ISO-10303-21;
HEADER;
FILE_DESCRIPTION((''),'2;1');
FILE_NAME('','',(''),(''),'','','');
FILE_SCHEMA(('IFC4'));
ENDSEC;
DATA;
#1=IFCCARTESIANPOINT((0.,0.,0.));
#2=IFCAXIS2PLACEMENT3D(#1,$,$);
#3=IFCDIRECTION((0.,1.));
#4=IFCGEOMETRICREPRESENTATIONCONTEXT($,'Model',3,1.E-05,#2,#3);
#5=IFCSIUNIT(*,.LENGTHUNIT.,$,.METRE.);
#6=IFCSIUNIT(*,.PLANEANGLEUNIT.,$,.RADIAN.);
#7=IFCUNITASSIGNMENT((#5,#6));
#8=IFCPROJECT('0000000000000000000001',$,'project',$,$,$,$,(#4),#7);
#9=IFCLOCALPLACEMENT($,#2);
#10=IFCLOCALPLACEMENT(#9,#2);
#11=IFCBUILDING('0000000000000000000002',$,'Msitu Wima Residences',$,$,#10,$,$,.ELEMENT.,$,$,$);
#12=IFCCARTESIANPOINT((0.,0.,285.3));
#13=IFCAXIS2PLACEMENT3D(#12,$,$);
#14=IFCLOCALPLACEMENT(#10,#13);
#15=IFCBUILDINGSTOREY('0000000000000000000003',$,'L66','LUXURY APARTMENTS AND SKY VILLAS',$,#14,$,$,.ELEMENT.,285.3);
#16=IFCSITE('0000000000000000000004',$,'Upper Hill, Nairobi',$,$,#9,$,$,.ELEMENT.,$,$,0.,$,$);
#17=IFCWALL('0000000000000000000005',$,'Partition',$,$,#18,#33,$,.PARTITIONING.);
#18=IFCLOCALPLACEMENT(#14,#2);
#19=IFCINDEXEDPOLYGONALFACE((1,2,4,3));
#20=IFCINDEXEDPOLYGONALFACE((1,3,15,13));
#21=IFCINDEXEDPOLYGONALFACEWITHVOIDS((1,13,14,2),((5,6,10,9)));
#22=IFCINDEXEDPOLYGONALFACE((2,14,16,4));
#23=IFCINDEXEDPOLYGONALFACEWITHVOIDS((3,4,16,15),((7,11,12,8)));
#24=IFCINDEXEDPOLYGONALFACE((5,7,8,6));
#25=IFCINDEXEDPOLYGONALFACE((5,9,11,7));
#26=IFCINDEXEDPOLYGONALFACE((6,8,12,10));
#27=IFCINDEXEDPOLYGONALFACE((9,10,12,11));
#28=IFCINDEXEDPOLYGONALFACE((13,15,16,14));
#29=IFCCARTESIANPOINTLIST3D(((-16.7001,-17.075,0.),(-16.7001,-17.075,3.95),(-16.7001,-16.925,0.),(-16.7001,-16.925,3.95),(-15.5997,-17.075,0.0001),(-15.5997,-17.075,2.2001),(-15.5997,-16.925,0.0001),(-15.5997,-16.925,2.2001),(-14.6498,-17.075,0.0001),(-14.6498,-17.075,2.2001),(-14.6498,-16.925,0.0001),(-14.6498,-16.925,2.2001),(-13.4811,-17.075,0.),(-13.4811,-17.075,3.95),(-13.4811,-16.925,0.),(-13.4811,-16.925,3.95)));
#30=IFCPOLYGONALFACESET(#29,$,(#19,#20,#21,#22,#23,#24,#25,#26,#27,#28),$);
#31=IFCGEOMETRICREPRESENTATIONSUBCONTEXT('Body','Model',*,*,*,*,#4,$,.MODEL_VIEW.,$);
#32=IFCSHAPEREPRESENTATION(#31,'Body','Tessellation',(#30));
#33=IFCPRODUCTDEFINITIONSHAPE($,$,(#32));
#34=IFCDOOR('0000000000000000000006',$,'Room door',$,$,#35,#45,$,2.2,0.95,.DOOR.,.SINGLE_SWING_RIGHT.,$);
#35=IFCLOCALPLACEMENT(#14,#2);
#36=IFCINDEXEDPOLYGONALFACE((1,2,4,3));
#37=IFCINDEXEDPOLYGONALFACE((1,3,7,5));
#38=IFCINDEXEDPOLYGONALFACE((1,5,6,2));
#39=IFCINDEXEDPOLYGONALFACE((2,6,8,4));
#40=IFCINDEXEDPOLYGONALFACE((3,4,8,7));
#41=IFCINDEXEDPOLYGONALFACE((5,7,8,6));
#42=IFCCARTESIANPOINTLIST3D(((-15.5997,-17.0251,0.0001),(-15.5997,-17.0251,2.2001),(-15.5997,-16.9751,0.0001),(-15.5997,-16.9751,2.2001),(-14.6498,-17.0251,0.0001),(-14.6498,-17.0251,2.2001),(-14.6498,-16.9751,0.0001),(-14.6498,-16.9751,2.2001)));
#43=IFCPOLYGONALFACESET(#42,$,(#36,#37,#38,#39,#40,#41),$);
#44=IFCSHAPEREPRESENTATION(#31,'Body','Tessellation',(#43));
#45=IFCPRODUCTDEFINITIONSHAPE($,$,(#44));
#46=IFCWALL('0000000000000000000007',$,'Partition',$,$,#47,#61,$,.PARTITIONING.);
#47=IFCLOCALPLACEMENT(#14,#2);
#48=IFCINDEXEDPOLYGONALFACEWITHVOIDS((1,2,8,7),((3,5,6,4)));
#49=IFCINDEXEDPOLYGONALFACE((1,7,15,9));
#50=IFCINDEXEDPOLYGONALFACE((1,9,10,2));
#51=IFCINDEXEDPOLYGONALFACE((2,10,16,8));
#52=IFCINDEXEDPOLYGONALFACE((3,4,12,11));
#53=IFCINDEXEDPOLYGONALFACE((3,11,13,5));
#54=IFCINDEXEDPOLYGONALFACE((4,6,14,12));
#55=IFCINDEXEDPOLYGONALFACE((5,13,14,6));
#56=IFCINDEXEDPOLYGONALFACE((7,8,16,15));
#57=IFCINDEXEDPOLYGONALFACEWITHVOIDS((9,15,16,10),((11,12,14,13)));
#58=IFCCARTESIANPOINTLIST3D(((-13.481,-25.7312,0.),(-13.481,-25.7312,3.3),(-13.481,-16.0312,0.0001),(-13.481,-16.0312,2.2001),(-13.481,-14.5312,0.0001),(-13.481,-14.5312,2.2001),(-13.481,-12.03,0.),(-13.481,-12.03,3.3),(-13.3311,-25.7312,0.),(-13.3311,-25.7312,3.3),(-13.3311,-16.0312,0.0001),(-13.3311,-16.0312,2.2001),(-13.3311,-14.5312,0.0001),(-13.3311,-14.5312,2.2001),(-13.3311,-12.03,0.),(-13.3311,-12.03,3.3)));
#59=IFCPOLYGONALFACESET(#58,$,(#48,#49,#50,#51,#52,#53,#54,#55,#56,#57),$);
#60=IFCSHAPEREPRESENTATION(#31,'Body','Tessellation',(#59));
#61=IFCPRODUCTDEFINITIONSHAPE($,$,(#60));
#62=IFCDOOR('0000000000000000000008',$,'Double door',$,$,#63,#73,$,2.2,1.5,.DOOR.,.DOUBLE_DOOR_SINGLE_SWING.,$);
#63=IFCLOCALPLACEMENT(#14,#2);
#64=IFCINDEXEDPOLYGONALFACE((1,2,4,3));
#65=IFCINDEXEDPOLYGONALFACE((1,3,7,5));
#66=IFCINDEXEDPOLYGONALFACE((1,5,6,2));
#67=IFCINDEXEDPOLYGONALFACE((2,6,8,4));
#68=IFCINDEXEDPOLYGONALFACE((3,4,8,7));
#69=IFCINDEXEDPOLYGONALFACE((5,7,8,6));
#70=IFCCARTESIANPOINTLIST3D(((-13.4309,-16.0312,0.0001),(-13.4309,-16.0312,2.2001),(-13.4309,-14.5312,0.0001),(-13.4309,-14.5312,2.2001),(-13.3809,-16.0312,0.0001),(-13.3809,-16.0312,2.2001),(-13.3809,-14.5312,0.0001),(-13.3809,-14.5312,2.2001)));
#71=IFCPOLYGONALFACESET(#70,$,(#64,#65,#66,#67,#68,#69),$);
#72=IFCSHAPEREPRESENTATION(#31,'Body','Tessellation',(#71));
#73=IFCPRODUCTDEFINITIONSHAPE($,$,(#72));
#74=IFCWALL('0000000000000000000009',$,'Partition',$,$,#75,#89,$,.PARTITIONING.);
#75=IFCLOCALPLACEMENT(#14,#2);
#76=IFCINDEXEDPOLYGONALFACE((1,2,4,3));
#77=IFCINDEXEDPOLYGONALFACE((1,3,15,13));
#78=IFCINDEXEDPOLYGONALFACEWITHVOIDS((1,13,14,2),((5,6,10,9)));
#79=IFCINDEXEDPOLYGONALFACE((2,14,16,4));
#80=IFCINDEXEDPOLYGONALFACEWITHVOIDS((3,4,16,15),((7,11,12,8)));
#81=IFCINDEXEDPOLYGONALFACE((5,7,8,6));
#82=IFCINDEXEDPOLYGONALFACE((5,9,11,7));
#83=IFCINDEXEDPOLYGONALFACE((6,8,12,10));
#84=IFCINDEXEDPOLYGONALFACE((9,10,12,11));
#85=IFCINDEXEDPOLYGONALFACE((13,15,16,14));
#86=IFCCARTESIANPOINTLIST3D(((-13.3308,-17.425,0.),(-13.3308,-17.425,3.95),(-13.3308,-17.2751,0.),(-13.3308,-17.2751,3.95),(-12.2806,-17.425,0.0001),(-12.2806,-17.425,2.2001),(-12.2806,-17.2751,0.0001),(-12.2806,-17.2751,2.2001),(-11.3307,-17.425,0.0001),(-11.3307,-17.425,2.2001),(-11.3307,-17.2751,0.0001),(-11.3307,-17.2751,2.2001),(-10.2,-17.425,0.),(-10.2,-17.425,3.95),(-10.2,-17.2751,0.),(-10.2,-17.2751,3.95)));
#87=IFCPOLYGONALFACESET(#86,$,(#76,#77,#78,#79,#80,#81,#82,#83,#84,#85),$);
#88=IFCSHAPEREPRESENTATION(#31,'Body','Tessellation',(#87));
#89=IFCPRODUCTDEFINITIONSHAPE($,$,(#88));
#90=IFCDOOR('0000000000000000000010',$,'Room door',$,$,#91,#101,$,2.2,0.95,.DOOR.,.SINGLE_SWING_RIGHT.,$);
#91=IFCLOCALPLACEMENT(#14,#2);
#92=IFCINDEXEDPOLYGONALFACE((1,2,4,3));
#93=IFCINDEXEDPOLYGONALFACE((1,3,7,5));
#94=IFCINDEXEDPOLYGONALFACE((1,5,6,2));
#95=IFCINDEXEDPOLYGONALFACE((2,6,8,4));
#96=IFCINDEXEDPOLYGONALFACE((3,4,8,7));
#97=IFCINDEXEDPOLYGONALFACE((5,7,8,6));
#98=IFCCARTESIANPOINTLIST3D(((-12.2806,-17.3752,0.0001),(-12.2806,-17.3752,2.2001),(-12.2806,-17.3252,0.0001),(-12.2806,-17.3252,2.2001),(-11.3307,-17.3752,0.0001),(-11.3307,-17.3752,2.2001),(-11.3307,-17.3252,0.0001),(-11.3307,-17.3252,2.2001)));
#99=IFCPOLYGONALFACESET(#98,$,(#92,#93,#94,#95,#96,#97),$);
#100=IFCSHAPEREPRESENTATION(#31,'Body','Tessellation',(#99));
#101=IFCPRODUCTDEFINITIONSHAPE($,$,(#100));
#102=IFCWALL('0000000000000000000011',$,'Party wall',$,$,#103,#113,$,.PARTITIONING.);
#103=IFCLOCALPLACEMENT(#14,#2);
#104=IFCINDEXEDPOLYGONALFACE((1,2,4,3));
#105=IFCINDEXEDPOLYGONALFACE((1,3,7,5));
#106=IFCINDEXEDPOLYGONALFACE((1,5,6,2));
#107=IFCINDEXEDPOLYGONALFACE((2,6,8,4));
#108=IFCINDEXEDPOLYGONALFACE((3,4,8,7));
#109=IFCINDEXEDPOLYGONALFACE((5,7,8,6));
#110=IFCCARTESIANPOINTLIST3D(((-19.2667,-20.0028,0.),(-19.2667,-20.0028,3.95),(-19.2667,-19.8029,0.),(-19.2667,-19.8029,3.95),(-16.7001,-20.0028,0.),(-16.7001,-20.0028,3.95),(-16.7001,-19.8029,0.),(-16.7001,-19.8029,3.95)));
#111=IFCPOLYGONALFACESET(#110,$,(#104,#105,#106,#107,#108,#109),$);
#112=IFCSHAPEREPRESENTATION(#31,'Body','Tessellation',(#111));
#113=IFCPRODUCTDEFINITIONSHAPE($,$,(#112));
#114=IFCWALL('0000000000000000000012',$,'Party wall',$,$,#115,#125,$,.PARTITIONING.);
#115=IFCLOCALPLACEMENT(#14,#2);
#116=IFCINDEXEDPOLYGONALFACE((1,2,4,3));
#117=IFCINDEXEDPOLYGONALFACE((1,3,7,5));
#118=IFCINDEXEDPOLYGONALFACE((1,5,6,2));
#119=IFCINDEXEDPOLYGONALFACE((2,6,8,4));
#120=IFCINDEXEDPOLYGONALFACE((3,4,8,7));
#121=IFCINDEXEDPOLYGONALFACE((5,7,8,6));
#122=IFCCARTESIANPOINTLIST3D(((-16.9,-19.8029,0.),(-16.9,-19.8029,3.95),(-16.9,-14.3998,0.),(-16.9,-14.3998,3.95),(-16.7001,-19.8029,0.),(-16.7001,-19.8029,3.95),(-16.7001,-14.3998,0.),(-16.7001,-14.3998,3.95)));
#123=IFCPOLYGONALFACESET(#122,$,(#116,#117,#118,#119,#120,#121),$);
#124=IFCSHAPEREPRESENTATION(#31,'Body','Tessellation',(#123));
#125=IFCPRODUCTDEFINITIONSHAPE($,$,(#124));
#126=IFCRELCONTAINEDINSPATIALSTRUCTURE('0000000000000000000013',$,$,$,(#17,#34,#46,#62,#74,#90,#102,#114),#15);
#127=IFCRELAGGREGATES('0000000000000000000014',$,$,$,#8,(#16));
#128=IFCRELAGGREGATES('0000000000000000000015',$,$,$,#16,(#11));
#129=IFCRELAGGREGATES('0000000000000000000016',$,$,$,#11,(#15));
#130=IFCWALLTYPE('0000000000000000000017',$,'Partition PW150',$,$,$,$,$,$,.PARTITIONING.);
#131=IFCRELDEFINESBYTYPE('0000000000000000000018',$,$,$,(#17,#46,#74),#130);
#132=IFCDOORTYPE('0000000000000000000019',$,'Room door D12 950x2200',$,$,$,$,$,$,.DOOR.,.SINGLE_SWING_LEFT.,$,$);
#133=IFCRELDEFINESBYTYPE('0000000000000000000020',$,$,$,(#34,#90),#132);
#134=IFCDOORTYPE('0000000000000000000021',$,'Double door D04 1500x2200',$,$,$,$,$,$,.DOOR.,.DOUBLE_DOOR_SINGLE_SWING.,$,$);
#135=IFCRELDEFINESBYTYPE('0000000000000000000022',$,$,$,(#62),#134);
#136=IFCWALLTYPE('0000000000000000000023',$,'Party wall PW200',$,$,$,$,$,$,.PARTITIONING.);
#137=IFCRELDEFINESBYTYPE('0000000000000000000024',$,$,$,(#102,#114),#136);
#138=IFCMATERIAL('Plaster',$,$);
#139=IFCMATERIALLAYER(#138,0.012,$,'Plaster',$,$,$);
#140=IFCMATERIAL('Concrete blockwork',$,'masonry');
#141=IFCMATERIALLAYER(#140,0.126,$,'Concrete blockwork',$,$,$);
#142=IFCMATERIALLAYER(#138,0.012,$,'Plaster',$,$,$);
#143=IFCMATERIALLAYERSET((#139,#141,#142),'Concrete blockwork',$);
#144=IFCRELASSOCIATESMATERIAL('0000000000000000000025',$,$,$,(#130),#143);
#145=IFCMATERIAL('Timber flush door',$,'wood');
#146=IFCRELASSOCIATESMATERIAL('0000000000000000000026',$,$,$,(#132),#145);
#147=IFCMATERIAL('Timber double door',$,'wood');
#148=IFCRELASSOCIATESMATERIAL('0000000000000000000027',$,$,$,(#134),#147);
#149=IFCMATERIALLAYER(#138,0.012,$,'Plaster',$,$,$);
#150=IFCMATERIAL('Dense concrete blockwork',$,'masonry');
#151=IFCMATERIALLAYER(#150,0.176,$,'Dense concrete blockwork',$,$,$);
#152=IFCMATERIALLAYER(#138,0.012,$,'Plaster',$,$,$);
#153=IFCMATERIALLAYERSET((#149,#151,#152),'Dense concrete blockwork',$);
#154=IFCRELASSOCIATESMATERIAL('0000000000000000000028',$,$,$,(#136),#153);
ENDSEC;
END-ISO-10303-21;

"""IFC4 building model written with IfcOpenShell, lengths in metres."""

from ifc_helpers import new_model, si_unit, direction, frame, frame_2d, origin, place, context, subcontext, project, spatial, rectangle, extrude, material, layer, layer_set, type_object, element, fill, save


model = new_model("IFC4")

# Units and contexts
model_context = context("Model", 3, precision=1e-05, world=origin(), true_north=direction((0.0, 1.0)))
body_context = subcontext(model_context, "Body", "Model", "MODEL_VIEW")
ifc_project = project(units=[si_unit("LENGTHUNIT", "METRE"), si_unit("PLANEANGLEUNIT", "RADIAN")], contexts=[model_context])

# Site, building, storey
site_placement = place(None, origin())
site = spatial("IfcSite", under=ifc_project, at=site_placement, Name="Upper Hill, Nairobi", CompositionType="ELEMENT", RefElevation=0.0)
building_placement = place(site_placement, origin())
building = spatial("IfcBuilding", under=site, at=building_placement, Name="Msitu Wima Residences", CompositionType="ELEMENT")
storey_placement = place(building_placement, frame((0.0, 0.0, 285.3)))
storey = spatial("IfcBuildingStorey", under=building, at=storey_placement, Name="L66", Description="LUXURY APARTMENTS AND SKY VILLAS", CompositionType="ELEMENT", Elevation=285.3)

# Shared definitions
ifc_material_1 = material(Name="Plaster")
ifc_material_2 = material(Name="Concrete blockwork", Category="masonry")

# Walls, openings, doors
ifc_layer_1 = layer(ifc_material_1, 0.012, Name="Plaster")
ifc_layer_2 = layer(ifc_material_2, 0.126, Name="Concrete blockwork")
ifc_layer_3 = layer(ifc_material_1, 0.012, Name="Plaster")
ifc_layer_set_1 = layer_set([ifc_layer_1, ifc_layer_2, ifc_layer_3], Name="Concrete blockwork")
wall_type_1 = type_object("IfcWallType", Name="Partition PW150", PredefinedType="PARTITIONING", material=ifc_layer_set_1)
wall_1_placement = place(storey_placement, frame((-16.7, -17.0, 0.0), z_axis=(0.0, 0.0, 1.0), x_axis=(1.0, 0.0, 0.0)))
wall_1 = element("IfcWall", 1, at=wall_1_placement, inside=storey, type_object=wall_type_1, Name="Partition", PredefinedType="PARTITIONING", context=body_context, shape_type="SweptSolid", body=[
    extrude(rectangle(XDim=3.219, YDim=0.1499, at=frame_2d((1.6094, 0.0))), origin(), (0.0, 0.0, 1.0), 3.95),
])
opening_1_placement = place(wall_1_placement, frame((1.1001, 0.0, 0.0)))
opening_1 = element("IfcOpeningElement", 2, at=opening_1_placement, cuts=wall_1, PredefinedType="OPENING", context=body_context, shape_type="SweptSolid", body=[
    extrude(rectangle(XDim=0.95, YDim=2.2, at=frame_2d((0.4751, 1.1001))), frame((0.0, 0.085, 0.0), z_axis=(0.0, -1.0, 0.0), x_axis=(1.0, 0.0, 0.0)), (0.0, 0.0, 1.0), 0.1699),
])
ifc_material_3 = material(Name="Timber flush door", Category="wood")
door_type_1 = type_object("IfcDoorType", Name="Room door D12 950x2200", OperationType="SINGLE_SWING_LEFT", PredefinedType="DOOR", material=ifc_material_3)
door_1_placement = place(opening_1_placement, origin())
door_1 = element("IfcDoor", 3, at=door_1_placement, inside=storey, type_object=door_type_1, Name="Room door", OperationType="SINGLE_SWING_RIGHT", OverallHeight=2.2, OverallWidth=0.95, PredefinedType="DOOR", context=body_context, shape_type="SweptSolid", body=[
    extrude(rectangle(XDim=0.95, YDim=2.2, at=frame_2d((0.4751, 1.1001))), frame((0.0, 0.0249, 0.0), z_axis=(0.0, -1.0, 0.0), x_axis=(1.0, 0.0, 0.0)), (0.0, 0.0, 1.0), 0.05),
])
fill(opening_1, door_1)
wall_2_placement = place(storey_placement, frame((-13.406, -25.7312, 0.0), z_axis=(0.0, 0.0, 1.0), x_axis=(0.0, 1.0, 0.0)))
wall_2 = element("IfcWall", 4, at=wall_2_placement, inside=storey, type_object=wall_type_1, Name="Partition", PredefinedType="PARTITIONING", context=body_context, shape_type="SweptSolid", body=[
    extrude(rectangle(XDim=13.7012, YDim=0.1499, at=frame_2d((6.8506, 0.0))), origin(), (0.0, 0.0, 1.0), 3.3),
])
opening_2_placement = place(wall_2_placement, frame((9.7, 0.0, 0.0)))
opening_2 = element("IfcOpeningElement", 5, at=opening_2_placement, cuts=wall_2, PredefinedType="OPENING", context=body_context, shape_type="SweptSolid", body=[
    extrude(rectangle(XDim=1.5, YDim=2.2, at=frame_2d((0.75, 1.1001))), frame((0.0, 0.085, 0.0), z_axis=(0.0, -1.0, 0.0), x_axis=(1.0, 0.0, 0.0)), (0.0, 0.0, 1.0), 0.1699),
])
ifc_material_4 = material(Name="Timber double door", Category="wood")
door_type_2 = type_object("IfcDoorType", Name="Double door D04 1500x2200", OperationType="DOUBLE_DOOR_SINGLE_SWING", PredefinedType="DOOR", material=ifc_material_4)
door_2_placement = place(opening_2_placement, origin())
door_2 = element("IfcDoor", 6, at=door_2_placement, inside=storey, type_object=door_type_2, Name="Double door", OperationType="DOUBLE_DOOR_SINGLE_SWING", OverallHeight=2.2, OverallWidth=1.5, PredefinedType="DOOR", context=body_context, shape_type="SweptSolid", body=[
    extrude(rectangle(XDim=1.5, YDim=2.2, at=frame_2d((0.75, 1.1001))), frame((0.0, 0.0249, 0.0), z_axis=(0.0, -1.0, 0.0), x_axis=(1.0, 0.0, 0.0)), (0.0, 0.0, 1.0), 0.05),
])
fill(opening_2, door_2)
wall_3_placement = place(storey_placement, frame((-13.3308, -17.3501, 0.0), z_axis=(0.0, 0.0, 1.0), x_axis=(1.0, 0.0, 0.0)))
wall_3 = element("IfcWall", 7, at=wall_3_placement, inside=storey, type_object=wall_type_1, Name="Partition", PredefinedType="PARTITIONING", context=body_context, shape_type="SweptSolid", body=[
    extrude(rectangle(XDim=3.1309, YDim=0.1499, at=frame_2d((1.5654, 0.0))), origin(), (0.0, 0.0, 1.0), 3.95),
])
opening_3_placement = place(wall_3_placement, frame((1.05, 0.0, 0.0)))
opening_3 = element("IfcOpeningElement", 8, at=opening_3_placement, cuts=wall_3, PredefinedType="OPENING", context=body_context, shape_type="SweptSolid", body=[
    extrude(rectangle(XDim=0.95, YDim=2.2, at=frame_2d((0.4751, 1.1001))), frame((0.0, 0.085, 0.0), z_axis=(0.0, -1.0, 0.0), x_axis=(1.0, 0.0, 0.0)), (0.0, 0.0, 1.0), 0.1699),
])
door_3_placement = place(opening_3_placement, origin())
door_3 = element("IfcDoor", 9, at=door_3_placement, inside=storey, type_object=door_type_1, Name="Room door", OperationType="SINGLE_SWING_RIGHT", OverallHeight=2.2, OverallWidth=0.95, PredefinedType="DOOR", context=body_context, shape_type="SweptSolid", body=[
    extrude(rectangle(XDim=0.95, YDim=2.2, at=frame_2d((0.4751, 1.1001))), frame((0.0, 0.0249, 0.0), z_axis=(0.0, -1.0, 0.0), x_axis=(1.0, 0.0, 0.0)), (0.0, 0.0, 1.0), 0.05),
])
fill(opening_3, door_3)

# Walls
ifc_layer_4 = layer(ifc_material_1, 0.012, Name="Plaster")
ifc_material_5 = material(Name="Dense concrete blockwork", Category="masonry")
ifc_layer_5 = layer(ifc_material_5, 0.176, Name="Dense concrete blockwork")
ifc_layer_6 = layer(ifc_material_1, 0.012, Name="Plaster")
ifc_layer_set_2 = layer_set([ifc_layer_4, ifc_layer_5, ifc_layer_6], Name="Dense concrete blockwork")
wall_type_2 = type_object("IfcWallType", Name="Party wall PW200", PredefinedType="PARTITIONING", material=ifc_layer_set_2)
wall_4_placement = place(storey_placement, frame((-19.2666, -19.9028, 0.0), z_axis=(0.0, 0.0, 1.0), x_axis=(1.0, 0.0, 0.0)))
element("IfcWall", 10, at=wall_4_placement, inside=storey, type_object=wall_type_2, Name="Party wall", PredefinedType="PARTITIONING", context=body_context, shape_type="SweptSolid", body=[
    extrude(rectangle(XDim=2.5667, YDim=0.2, at=frame_2d((1.2832, 0.0))), origin(), (0.0, 0.0, 1.0), 3.95),
])
wall_5_placement = place(storey_placement, frame((-16.8, -19.803, 0.0), z_axis=(0.0, 0.0, 1.0), x_axis=(0.0, 1.0, 0.0)))
element("IfcWall", 11, at=wall_5_placement, inside=storey, type_object=wall_type_2, Name="Party wall", PredefinedType="PARTITIONING", context=body_context, shape_type="SweptSolid", body=[
    extrude(rectangle(XDim=5.4031, YDim=0.2, at=frame_2d((2.7017, 0.0))), origin(), (0.0, 0.0, 1.0), 3.95),
])

save(model, "model.ifc")
